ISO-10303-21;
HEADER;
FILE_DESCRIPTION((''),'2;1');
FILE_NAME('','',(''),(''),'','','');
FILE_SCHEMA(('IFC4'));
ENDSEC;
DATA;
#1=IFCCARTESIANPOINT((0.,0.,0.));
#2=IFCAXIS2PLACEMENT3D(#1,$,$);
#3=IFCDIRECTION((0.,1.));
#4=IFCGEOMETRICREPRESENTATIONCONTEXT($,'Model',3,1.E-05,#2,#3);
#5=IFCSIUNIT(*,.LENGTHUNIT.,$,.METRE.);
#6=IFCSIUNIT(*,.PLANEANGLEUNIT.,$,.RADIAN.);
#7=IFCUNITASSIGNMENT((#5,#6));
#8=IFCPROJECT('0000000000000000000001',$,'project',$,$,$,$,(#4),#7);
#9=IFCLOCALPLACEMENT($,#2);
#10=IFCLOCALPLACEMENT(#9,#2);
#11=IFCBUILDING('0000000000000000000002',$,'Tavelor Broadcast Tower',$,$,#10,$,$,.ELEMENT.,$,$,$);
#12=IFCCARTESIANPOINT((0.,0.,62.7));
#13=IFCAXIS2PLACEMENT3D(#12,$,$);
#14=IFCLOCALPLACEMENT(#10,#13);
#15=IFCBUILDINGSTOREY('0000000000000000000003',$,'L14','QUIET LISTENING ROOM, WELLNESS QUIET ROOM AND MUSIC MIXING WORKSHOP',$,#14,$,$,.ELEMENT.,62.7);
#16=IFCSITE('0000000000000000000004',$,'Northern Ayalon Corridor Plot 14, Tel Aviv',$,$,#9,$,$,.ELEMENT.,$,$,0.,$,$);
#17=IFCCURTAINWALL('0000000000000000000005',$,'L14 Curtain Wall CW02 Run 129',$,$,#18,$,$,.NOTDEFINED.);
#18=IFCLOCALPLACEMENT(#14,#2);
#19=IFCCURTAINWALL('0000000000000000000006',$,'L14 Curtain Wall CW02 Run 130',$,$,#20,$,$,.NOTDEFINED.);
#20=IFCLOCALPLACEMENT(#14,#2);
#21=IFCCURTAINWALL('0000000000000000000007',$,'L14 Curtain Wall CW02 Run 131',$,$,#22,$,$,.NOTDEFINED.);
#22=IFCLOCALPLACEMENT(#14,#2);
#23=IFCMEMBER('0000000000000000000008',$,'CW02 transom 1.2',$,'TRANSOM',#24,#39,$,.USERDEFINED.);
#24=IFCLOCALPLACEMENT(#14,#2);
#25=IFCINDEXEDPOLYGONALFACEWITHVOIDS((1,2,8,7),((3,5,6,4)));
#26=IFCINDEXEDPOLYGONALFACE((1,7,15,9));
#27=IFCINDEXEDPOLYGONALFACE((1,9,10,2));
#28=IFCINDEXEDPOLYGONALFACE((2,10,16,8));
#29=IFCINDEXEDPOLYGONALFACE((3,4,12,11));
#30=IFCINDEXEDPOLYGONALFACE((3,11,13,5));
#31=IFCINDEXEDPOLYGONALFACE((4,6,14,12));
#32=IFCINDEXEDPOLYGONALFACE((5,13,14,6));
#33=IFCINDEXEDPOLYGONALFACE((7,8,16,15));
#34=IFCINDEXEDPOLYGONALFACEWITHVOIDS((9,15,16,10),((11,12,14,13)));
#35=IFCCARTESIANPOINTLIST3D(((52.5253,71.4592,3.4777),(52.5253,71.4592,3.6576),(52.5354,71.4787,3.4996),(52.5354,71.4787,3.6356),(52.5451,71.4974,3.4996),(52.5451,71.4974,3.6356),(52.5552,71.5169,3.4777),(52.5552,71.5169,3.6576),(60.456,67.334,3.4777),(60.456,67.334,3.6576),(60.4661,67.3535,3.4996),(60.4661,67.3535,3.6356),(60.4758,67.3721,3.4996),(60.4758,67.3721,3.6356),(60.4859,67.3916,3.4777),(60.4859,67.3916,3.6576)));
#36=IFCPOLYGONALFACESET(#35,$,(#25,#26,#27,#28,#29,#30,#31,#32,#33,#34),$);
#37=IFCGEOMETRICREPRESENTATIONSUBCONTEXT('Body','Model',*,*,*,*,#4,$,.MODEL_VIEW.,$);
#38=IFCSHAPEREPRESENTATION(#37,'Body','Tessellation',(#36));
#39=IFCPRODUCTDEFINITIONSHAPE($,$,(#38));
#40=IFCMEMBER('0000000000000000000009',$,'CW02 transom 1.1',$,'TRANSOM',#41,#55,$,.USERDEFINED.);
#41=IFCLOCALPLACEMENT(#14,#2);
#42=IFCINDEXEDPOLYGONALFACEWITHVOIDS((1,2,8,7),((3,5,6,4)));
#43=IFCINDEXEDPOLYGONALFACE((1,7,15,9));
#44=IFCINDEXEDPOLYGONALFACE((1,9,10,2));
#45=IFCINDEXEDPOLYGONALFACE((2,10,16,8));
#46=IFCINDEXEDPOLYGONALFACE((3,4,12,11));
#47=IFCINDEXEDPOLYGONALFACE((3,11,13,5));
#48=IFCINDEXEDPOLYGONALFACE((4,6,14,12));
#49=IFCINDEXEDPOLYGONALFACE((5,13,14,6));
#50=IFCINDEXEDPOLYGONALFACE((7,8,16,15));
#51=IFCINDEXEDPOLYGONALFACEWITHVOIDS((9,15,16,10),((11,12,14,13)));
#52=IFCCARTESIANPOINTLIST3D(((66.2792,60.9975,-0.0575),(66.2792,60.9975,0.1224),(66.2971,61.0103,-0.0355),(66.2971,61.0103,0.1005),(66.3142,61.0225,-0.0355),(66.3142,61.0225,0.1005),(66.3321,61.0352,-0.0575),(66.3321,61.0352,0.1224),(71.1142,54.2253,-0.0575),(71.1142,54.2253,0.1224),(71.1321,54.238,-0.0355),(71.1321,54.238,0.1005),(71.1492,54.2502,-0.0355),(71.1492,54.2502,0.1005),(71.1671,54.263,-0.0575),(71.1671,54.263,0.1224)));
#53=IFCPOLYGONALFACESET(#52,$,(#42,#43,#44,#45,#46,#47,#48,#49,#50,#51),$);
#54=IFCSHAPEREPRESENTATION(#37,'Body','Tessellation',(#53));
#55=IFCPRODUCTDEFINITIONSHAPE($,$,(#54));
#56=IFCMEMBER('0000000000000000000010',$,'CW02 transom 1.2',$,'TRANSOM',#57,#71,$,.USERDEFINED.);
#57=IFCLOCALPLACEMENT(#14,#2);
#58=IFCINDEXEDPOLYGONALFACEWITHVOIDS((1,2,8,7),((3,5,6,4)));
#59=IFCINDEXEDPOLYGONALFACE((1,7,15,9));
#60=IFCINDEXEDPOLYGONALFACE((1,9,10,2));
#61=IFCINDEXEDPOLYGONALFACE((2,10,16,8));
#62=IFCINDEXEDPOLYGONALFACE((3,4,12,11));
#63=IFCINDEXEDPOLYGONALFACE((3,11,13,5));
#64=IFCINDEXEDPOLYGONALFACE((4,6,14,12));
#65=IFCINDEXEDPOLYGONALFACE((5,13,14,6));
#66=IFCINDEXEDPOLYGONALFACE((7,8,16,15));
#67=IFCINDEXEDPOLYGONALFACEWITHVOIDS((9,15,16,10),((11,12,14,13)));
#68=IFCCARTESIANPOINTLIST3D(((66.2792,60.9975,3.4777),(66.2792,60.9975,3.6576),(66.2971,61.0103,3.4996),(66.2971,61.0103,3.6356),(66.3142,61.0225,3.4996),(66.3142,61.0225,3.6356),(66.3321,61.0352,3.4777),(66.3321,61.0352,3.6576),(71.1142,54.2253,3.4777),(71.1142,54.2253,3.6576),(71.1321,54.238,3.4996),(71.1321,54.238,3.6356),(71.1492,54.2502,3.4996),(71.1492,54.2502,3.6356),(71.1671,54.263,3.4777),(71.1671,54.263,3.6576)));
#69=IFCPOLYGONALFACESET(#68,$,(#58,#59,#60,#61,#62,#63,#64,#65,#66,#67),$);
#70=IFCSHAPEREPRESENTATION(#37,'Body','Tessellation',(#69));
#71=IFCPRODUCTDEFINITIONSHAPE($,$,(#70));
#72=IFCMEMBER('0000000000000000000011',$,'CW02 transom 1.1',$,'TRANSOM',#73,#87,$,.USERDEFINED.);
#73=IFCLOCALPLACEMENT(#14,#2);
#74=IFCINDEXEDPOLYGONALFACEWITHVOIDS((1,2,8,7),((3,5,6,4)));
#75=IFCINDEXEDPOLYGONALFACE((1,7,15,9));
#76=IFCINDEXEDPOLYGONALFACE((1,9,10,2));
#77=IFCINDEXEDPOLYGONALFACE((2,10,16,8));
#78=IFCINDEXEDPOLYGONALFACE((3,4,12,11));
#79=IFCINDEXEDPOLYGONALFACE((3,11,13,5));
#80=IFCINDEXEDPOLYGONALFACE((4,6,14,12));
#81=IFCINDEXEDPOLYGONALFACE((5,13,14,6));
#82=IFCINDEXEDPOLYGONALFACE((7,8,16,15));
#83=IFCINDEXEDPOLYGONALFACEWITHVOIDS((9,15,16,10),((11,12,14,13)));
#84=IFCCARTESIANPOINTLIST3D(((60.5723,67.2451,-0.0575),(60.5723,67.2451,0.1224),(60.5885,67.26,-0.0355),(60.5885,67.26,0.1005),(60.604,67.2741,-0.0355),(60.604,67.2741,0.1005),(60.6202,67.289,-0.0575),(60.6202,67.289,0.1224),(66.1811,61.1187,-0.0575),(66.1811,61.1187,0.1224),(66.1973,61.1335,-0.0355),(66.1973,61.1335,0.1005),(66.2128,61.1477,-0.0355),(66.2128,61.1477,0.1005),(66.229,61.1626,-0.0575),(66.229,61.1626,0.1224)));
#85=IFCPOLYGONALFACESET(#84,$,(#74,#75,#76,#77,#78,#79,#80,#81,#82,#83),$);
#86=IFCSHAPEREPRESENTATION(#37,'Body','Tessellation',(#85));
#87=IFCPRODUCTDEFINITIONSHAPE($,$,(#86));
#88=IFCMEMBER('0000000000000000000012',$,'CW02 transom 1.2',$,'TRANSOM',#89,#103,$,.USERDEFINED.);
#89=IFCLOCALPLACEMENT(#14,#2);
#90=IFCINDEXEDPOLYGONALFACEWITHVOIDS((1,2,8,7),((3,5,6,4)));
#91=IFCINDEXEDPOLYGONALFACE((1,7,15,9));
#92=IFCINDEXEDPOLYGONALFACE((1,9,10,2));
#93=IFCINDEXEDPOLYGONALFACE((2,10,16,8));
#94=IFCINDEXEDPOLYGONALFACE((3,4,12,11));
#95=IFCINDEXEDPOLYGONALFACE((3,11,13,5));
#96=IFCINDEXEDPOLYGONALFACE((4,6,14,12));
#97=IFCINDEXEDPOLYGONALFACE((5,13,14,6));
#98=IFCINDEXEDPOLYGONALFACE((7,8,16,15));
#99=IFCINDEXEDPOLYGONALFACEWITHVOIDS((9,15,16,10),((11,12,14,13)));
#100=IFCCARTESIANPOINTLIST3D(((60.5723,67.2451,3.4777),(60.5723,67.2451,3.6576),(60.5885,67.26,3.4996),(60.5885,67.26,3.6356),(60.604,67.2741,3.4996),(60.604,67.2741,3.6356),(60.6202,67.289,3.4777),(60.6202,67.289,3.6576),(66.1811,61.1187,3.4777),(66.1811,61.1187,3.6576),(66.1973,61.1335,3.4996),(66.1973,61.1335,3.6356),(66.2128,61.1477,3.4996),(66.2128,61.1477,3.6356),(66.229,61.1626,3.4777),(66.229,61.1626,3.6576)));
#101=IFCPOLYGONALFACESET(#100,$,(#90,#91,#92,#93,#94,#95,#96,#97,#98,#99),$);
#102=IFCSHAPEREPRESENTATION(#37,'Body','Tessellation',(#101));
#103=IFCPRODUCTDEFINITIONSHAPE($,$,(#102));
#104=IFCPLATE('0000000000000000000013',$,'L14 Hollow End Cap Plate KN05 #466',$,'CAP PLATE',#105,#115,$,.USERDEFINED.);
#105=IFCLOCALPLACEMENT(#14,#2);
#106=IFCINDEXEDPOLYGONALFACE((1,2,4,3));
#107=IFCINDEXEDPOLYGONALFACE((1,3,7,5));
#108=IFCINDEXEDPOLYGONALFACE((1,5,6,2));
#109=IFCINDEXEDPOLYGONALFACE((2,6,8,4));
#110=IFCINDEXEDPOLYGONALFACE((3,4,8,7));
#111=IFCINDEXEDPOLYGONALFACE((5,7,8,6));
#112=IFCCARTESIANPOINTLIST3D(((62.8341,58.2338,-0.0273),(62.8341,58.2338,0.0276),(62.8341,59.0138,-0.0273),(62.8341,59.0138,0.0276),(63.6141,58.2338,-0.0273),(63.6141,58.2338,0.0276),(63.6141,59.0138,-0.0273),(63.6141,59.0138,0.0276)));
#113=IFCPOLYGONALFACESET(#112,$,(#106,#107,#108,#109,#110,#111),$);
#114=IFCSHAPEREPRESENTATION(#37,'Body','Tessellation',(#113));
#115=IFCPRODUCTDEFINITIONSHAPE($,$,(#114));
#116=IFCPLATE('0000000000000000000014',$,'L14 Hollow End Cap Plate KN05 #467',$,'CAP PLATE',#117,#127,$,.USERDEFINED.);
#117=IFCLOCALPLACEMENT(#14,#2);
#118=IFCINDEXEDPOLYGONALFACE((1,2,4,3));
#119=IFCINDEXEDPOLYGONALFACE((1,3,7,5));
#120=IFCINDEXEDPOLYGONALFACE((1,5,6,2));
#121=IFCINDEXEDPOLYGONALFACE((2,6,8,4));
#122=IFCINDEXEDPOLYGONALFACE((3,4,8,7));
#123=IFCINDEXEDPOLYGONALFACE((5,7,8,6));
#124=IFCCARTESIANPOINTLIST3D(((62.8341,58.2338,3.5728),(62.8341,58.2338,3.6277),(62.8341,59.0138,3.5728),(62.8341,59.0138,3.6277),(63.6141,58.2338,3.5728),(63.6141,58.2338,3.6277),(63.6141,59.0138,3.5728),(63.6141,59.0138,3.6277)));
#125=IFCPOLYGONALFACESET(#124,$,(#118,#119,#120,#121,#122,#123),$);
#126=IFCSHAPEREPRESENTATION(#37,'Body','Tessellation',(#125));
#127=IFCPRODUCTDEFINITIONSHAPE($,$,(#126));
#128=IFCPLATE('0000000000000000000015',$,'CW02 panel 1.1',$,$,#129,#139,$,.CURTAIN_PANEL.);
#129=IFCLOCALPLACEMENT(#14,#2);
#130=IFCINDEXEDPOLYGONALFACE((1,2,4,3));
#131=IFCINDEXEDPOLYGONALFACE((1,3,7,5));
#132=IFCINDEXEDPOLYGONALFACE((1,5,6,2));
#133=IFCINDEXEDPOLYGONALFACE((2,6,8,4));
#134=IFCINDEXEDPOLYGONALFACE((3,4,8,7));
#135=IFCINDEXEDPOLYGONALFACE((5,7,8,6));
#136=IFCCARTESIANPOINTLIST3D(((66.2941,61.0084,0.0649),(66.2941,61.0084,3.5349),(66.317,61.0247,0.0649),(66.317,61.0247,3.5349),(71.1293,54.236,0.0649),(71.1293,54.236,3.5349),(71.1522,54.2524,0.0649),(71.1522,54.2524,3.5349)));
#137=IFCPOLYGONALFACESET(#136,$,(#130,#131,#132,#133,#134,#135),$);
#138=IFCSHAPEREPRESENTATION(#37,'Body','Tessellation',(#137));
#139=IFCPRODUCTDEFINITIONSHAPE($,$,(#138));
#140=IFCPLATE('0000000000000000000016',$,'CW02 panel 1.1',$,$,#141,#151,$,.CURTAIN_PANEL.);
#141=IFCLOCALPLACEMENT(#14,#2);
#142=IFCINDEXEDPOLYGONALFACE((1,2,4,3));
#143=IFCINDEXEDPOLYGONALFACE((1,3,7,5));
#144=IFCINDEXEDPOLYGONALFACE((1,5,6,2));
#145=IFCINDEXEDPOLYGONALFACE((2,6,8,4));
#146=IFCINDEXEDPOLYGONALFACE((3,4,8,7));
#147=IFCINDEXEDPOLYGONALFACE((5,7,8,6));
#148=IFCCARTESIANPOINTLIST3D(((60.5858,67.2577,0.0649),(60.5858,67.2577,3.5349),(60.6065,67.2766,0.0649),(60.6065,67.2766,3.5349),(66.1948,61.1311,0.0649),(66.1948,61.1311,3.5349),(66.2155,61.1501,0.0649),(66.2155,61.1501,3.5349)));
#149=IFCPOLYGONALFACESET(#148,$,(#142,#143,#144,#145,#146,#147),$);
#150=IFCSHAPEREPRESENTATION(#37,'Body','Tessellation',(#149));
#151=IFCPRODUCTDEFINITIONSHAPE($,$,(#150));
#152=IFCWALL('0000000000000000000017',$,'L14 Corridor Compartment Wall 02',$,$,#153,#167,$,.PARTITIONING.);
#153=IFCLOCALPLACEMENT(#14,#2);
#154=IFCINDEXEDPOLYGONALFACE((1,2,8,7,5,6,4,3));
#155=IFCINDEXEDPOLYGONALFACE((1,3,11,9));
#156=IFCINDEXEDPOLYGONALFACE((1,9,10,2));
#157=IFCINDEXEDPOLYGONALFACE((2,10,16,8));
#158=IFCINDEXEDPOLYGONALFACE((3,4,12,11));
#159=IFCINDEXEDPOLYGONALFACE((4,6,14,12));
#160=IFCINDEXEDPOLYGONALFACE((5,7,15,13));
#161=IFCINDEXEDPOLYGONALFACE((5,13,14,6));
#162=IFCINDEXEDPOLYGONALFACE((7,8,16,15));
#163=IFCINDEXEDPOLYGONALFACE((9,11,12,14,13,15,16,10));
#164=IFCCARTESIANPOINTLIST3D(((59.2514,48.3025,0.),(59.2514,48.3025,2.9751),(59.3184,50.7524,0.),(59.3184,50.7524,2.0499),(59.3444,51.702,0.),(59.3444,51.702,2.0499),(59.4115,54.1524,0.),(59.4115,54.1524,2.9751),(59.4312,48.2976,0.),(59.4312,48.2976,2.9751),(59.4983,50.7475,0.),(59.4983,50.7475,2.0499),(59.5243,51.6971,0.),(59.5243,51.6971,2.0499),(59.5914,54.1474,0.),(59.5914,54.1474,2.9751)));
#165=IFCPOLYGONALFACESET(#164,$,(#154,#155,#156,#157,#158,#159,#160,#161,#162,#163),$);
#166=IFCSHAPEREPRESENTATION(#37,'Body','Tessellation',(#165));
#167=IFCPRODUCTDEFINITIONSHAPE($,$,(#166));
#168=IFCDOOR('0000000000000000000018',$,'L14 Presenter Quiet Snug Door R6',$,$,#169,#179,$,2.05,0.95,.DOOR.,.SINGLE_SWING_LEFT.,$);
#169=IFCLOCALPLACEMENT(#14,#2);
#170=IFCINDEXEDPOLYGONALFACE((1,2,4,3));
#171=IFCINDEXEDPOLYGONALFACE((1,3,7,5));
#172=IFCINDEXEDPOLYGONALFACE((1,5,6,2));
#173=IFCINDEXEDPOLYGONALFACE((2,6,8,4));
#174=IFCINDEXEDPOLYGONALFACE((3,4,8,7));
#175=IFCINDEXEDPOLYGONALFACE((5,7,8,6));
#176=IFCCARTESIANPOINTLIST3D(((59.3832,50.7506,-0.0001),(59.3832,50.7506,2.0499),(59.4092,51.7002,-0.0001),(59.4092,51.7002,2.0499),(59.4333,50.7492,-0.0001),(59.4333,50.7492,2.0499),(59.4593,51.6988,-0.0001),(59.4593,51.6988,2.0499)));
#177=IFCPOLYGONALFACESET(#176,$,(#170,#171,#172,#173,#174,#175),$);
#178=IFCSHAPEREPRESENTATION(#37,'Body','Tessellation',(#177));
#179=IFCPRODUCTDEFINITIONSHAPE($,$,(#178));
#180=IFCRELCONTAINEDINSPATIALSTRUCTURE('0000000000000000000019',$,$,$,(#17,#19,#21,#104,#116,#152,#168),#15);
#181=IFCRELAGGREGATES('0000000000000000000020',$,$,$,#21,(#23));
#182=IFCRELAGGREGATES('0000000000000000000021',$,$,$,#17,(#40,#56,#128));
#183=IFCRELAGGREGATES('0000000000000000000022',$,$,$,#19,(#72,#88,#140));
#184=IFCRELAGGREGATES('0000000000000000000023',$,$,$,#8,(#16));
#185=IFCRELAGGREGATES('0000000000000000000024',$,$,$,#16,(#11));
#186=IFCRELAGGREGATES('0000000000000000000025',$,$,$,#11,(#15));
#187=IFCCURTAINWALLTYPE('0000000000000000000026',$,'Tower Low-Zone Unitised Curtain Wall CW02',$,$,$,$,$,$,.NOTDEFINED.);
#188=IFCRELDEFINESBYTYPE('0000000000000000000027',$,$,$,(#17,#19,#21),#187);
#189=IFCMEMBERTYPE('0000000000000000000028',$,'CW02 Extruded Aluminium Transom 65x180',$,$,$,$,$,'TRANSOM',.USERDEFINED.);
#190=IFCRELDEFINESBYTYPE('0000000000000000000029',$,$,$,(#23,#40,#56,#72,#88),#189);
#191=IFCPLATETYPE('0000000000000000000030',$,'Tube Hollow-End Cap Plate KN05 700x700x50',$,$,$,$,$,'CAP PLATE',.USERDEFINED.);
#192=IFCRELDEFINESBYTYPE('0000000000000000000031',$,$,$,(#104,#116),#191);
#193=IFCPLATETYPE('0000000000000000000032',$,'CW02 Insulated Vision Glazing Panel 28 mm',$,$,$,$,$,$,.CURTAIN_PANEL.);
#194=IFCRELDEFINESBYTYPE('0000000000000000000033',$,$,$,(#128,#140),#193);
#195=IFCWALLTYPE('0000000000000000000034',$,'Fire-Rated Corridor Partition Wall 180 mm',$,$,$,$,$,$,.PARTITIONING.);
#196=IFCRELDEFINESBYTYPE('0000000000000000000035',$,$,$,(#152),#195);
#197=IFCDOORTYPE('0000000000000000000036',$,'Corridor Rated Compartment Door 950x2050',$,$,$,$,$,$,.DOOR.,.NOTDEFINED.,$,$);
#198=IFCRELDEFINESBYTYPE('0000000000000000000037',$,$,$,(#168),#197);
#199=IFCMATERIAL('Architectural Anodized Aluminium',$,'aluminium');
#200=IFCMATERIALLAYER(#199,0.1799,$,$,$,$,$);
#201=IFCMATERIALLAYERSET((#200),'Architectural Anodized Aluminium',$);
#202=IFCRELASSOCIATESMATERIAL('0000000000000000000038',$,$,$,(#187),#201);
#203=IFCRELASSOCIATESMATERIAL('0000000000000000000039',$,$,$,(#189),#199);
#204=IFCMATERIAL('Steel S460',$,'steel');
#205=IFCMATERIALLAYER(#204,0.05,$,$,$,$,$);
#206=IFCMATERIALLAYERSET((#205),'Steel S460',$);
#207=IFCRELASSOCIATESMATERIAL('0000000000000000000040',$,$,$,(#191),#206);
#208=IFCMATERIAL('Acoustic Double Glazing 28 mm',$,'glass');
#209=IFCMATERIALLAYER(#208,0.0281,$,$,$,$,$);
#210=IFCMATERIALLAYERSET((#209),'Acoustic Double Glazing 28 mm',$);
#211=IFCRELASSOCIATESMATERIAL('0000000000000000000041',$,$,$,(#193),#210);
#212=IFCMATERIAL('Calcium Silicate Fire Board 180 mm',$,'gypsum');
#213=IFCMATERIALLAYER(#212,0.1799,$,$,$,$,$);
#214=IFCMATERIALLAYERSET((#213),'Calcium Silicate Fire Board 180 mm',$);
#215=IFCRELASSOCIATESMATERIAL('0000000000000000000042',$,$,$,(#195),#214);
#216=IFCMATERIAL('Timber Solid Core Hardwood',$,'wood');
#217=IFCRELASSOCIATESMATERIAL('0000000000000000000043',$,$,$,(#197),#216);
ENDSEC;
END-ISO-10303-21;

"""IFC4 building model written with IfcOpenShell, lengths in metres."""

from ifc_helpers import new_model, si_unit, direction, frame, frame_2d, origin, origin_2d, place, context, subcontext, project, spatial, rectangle, hollow_rectangle, extrude, source, transform, mapped, material, layer, layer_set, material_profile, profile_set, type_object, type_shapes, element, fill, aggregate, save


model = new_model("IFC4")

# Units and contexts
model_context = context("Model", 3, precision=1e-05, world=origin(), true_north=direction((0.0, 1.0)))
body_context = subcontext(model_context, "Body", "Model", "MODEL_VIEW")
ifc_project = project(units=[si_unit("LENGTHUNIT", "METRE"), si_unit("PLANEANGLEUNIT", "RADIAN")], contexts=[model_context])

# Site, building, storey
site_placement = place(None, origin())
site = spatial("IfcSite", under=ifc_project, at=site_placement, Name="Northern Ayalon Corridor Plot 14, Tel Aviv", CompositionType="ELEMENT", RefElevation=0.0)
building_placement = place(site_placement, origin())
building = spatial("IfcBuilding", under=site, at=building_placement, Name="Tavelor Broadcast Tower", CompositionType="ELEMENT")
storey_placement = place(building_placement, frame((0.0, 0.0, 62.7)))
storey = spatial("IfcBuildingStorey", under=building, at=storey_placement, Name="L14", Description="QUIET LISTENING ROOM, WELLNESS QUIET ROOM AND MUSIC MIXING WORKSHOP", CompositionType="ELEMENT", Elevation=62.7)

# Shared definitions
ifc_material_1 = material(Name="Steel S460", Category="steel")

# Curtain walls, member
ifc_material_2 = material(Name="Architectural Anodized Aluminium", Category="aluminium")
ifc_layer_1 = layer(ifc_material_2, 0.1799)
ifc_layer_set_1 = layer_set([ifc_layer_1], Name="Architectural Anodized Aluminium")
curtain_wall_type = type_object("IfcCurtainWallType", Name="Tower Low-Zone Unitised Curtain Wall CW02", PredefinedType="NOTDEFINED", material=ifc_layer_set_1)
curtain_wall_1_placement = place(storey_placement, origin())
curtain_wall_1 = element("IfcCurtainWall", 1, at=curtain_wall_1_placement, inside=storey, type_object=curtain_wall_type, Name="L14 Curtain Wall CW02 Run 129", PredefinedType="NOTDEFINED")
curtain_wall_2_placement = place(storey_placement, origin())
curtain_wall_2 = element("IfcCurtainWall", 2, at=curtain_wall_2_placement, inside=storey, type_object=curtain_wall_type, Name="L14 Curtain Wall CW02 Run 130", PredefinedType="NOTDEFINED")
curtain_wall_3_placement = place(storey_placement, origin())
curtain_wall_3 = element("IfcCurtainWall", 3, at=curtain_wall_3_placement, inside=storey, type_object=curtain_wall_type, Name="L14 Curtain Wall CW02 Run 131", PredefinedType="NOTDEFINED")
ifc_material_profile_1 = material_profile(ifc_material_2, hollow_rectangle(XDim=0.0649, YDim=0.1799, WallThickness=0.022, at=origin_2d()), Name="RHS 65x180x22")
ifc_profile_set_1 = profile_set([ifc_material_profile_1], Name="Architectural Anodized Aluminium")
member_type_1 = type_object("IfcMemberType", Name="CW02 Extruded Aluminium Transom 65x180", ElementType="TRANSOM", PredefinedType="USERDEFINED", material=ifc_profile_set_1)
shared_shape_1 = source(origin(), body_context, "Body", "SweptSolid", [
    extrude(hollow_rectangle(XDim=0.0649, YDim=0.1799, WallThickness=0.022, at=origin_2d()), origin(), (0.0, 0.0, 1.0), 8.9395),
])
member_1_placement = place(storey_placement, frame((60.4709, 67.3628, 3.5676), z_axis=(-0.887157, 0.461467, 0.0), x_axis=(-0.461467, -0.887157, 0.0)))
member_1 = element("IfcMember", 4, at=member_1_placement, type_object=member_type_1, Name="CW02 transom 1.2", ObjectType="TRANSOM", PredefinedType="USERDEFINED", context=body_context, shape_type="MappedRepresentation", body=[
    mapped(shared_shape_1, transform((0.0, 0.0, 0.0), scale=1.0)),
])
aggregate(curtain_wall_3, [member_1])

# Members
shared_shape_2 = source(origin(), body_context, "Body", "SweptSolid", [
    extrude(hollow_rectangle(XDim=0.0649, YDim=0.1799, WallThickness=0.022, at=origin_2d()), origin(), (0.0, 0.0, 1.0), 8.321),
])
member_2_placement = place(storey_placement, frame((71.1406, 54.2441, 0.0325), z_axis=(-0.581052, 0.813866, 0.0), x_axis=(-0.813866, -0.581052, 0.0)))
member_2 = element("IfcMember", 5, at=member_2_placement, type_object=member_type_1, Name="CW02 transom 1.1", ObjectType="TRANSOM", PredefinedType="USERDEFINED", context=body_context, shape_type="MappedRepresentation", body=[
    mapped(shared_shape_2, transform((0.0, 0.0, 0.0), scale=1.0)),
])
member_3_placement = place(storey_placement, frame((71.1406, 54.2441, 3.5676), z_axis=(-0.581052, 0.813866, 0.0), x_axis=(-0.813866, -0.581052, 0.0)))
member_3 = element("IfcMember", 6, at=member_3_placement, type_object=member_type_1, Name="CW02 transom 1.2", ObjectType="TRANSOM", PredefinedType="USERDEFINED", context=body_context, shape_type="MappedRepresentation", body=[
    mapped(shared_shape_2, transform((0.0, 0.0, 0.0), scale=1.0)),
])
shared_shape_3 = source(origin(), body_context, "Body", "SweptSolid", [
    extrude(hollow_rectangle(XDim=0.0649, YDim=0.1799, WallThickness=0.022, at=origin_2d()), origin(), (0.0, 0.0, 1.0), 8.3062),
])
type_shapes(member_type_1, [shared_shape_1, shared_shape_2, shared_shape_3])
member_4_placement = place(storey_placement, frame((66.2051, 61.1406, 0.0325), z_axis=(-0.675264, 0.737576, 0.0), x_axis=(-0.737576, -0.675264, 0.0)))
member_4 = element("IfcMember", 7, at=member_4_placement, type_object=member_type_1, Name="CW02 transom 1.1", ObjectType="TRANSOM", PredefinedType="USERDEFINED", context=body_context, shape_type="MappedRepresentation", body=[
    mapped(shared_shape_3, transform((0.0, 0.0, 0.0), scale=1.0)),
])
member_5_placement = place(storey_placement, frame((66.2051, 61.1406, 3.5676), z_axis=(-0.675264, 0.737576, 0.0), x_axis=(-0.737576, -0.675264, 0.0)))
member_5 = element("IfcMember", 8, at=member_5_placement, type_object=member_type_1, Name="CW02 transom 1.2", ObjectType="TRANSOM", PredefinedType="USERDEFINED", context=body_context, shape_type="MappedRepresentation", body=[
    mapped(shared_shape_3, transform((0.0, 0.0, 0.0), scale=1.0)),
])

# Plates
ifc_layer_2 = layer(ifc_material_1, 0.05)
ifc_layer_set_2 = layer_set([ifc_layer_2], Name="Steel S460")
plate_type_1 = type_object("IfcPlateType", Name="Tube Hollow-End Cap Plate KN05 700x700x50", ElementType="CAP PLATE", PredefinedType="USERDEFINED", material=ifc_layer_set_2)
shared_shape_4 = source(origin(), body_context, "Body", "SweptSolid", [
    extrude(rectangle(XDim=0.78, YDim=0.78, at=origin_2d()), origin(), (0.0, 0.0, 1.0), 0.0549),
])
type_shapes(plate_type_1, [shared_shape_4])
for number, where, z_axis, x_axis, name in (
    (9, (63.2241, 58.6238, -0.0273), (0.0, 0.0, 1.0), (1.0, 0.0, 0.0), "L14 Hollow End Cap Plate KN05 #466"),
    (10, (63.2241, 58.6238, 3.5728), (0.0, 0.0, 1.0), (1.0, 0.0, 0.0), "L14 Hollow End Cap Plate KN05 #467"),
):
    element("IfcPlate", number, at=place(storey_placement, frame(where, z_axis=z_axis, x_axis=x_axis)), inside=storey, type_object=plate_type_1, Name=name, ObjectType="CAP PLATE", PredefinedType="USERDEFINED", context=body_context, shape_type="MappedRepresentation", body=[
        mapped(shared_shape_4, transform((0.0, 0.0, 0.0), scale=1.0)),
    ])

# Plates
ifc_material_3 = material(Name="Acoustic Double Glazing 28 mm", Category="glass")
ifc_layer_3 = layer(ifc_material_3, 0.0281)
ifc_layer_set_3 = layer_set([ifc_layer_3], Name="Acoustic Double Glazing 28 mm")
plate_type_2 = type_object("IfcPlateType", Name="CW02 Insulated Vision Glazing Panel 28 mm", PredefinedType="CURTAIN_PANEL", material=ifc_layer_set_3)
shared_shape_5 = source(origin(), body_context, "Body", "SweptSolid", [
    extrude(rectangle(XDim=8.3213, YDim=0.0281, at=origin_2d()), origin(), (0.0, 0.0, 1.0), 3.47),
])
plate_1_placement = place(storey_placement, frame((68.7231, 57.6304, 0.0649), z_axis=(0.0, 0.0, 1.0), x_axis=(-0.581064, 0.813858, 0.0)))
plate_1 = element("IfcPlate", 11, at=plate_1_placement, type_object=plate_type_2, Name="CW02 panel 1.1", PredefinedType="CURTAIN_PANEL", context=body_context, shape_type="MappedRepresentation", body=[
    mapped(shared_shape_5, transform((0.0, 0.0, 0.0), scale=1.0)),
])
aggregate(curtain_wall_1, [member_2, member_3, plate_1])
shared_shape_6 = source(origin(), body_context, "Body", "SweptSolid", [
    extrude(rectangle(XDim=8.3064, YDim=0.0281, at=origin_2d()), origin(), (0.0, 0.0, 1.0), 3.47),
])
type_shapes(plate_type_2, [shared_shape_5, shared_shape_6])
plate_2_placement = place(storey_placement, frame((63.4006, 64.2039, 0.0649), z_axis=(0.0, 0.0, 1.0), x_axis=(-0.675269, 0.737571, 0.0)))
plate_2 = element("IfcPlate", 12, at=plate_2_placement, type_object=plate_type_2, Name="CW02 panel 1.1", PredefinedType="CURTAIN_PANEL", context=body_context, shape_type="MappedRepresentation", body=[
    mapped(shared_shape_6, transform((0.0, 0.0, 0.0), scale=1.0)),
])
aggregate(curtain_wall_2, [member_4, member_5, plate_2])

# Wall, opening, door
ifc_material_4 = material(Name="Calcium Silicate Fire Board 180 mm", Category="gypsum")
ifc_layer_4 = layer(ifc_material_4, 0.1799)
ifc_layer_set_4 = layer_set([ifc_layer_4], Name="Calcium Silicate Fire Board 180 mm")
wall_type = type_object("IfcWallType", Name="Fire-Rated Corridor Partition Wall 180 mm", PredefinedType="PARTITIONING", material=ifc_layer_set_4)
wall_placement = place(storey_placement, frame((59.5015, 54.1499, 0.0), z_axis=(0.0, 0.0, 1.0), x_axis=(-0.027368, -0.999625, 0.0)))
wall = element("IfcWall", 13, at=wall_placement, inside=storey, type_object=wall_type, Name="L14 Corridor Compartment Wall 02", PredefinedType="PARTITIONING", context=body_context, shape_type="SweptSolid", body=[
    extrude(rectangle(XDim=5.8521, YDim=0.1799, at=frame_2d((2.926, 0.0))), origin(), (0.0, 0.0, 1.0), 2.9751),
])
opening_placement = place(wall_placement, frame((2.4512, 0.0, 0.0)))
opening = element("IfcOpeningElement", 14, at=opening_placement, cuts=wall, PredefinedType="OPENING", context=body_context, shape_type="SweptSolid", body=[
    extrude(rectangle(XDim=0.95, YDim=2.05, at=frame_2d((0.4751, 1.0249))), frame((0.0, 0.1001, 0.0), z_axis=(0.0, -1.0, 0.0), x_axis=(1.0, 0.0, 0.0)), (0.0, 0.0, 1.0), 0.2),
])
ifc_material_5 = material(Name="Timber Solid Core Hardwood", Category="wood")
door_type = type_object("IfcDoorType", Name="Corridor Rated Compartment Door 950x2050", OperationType="NOTDEFINED", PredefinedType="DOOR", material=ifc_material_5)
door_placement = place(opening_placement, origin())
door = element("IfcDoor", 15, at=door_placement, inside=storey, type_object=door_type, Name="L14 Presenter Quiet Snug Door R6", OperationType="SINGLE_SWING_LEFT", OverallHeight=2.05, OverallWidth=0.95, PredefinedType="DOOR", context=body_context, shape_type="SweptSolid", body=[
    extrude(rectangle(XDim=0.95, YDim=2.05, at=frame_2d((0.4751, 1.0249))), frame((0.0, 0.0249, 0.0), z_axis=(0.0, -1.0, 0.0), x_axis=(1.0, 0.0, 0.0)), (0.0, 0.0, 1.0), 0.05),
])
fill(opening, door)

save(model, "model.ifc")
